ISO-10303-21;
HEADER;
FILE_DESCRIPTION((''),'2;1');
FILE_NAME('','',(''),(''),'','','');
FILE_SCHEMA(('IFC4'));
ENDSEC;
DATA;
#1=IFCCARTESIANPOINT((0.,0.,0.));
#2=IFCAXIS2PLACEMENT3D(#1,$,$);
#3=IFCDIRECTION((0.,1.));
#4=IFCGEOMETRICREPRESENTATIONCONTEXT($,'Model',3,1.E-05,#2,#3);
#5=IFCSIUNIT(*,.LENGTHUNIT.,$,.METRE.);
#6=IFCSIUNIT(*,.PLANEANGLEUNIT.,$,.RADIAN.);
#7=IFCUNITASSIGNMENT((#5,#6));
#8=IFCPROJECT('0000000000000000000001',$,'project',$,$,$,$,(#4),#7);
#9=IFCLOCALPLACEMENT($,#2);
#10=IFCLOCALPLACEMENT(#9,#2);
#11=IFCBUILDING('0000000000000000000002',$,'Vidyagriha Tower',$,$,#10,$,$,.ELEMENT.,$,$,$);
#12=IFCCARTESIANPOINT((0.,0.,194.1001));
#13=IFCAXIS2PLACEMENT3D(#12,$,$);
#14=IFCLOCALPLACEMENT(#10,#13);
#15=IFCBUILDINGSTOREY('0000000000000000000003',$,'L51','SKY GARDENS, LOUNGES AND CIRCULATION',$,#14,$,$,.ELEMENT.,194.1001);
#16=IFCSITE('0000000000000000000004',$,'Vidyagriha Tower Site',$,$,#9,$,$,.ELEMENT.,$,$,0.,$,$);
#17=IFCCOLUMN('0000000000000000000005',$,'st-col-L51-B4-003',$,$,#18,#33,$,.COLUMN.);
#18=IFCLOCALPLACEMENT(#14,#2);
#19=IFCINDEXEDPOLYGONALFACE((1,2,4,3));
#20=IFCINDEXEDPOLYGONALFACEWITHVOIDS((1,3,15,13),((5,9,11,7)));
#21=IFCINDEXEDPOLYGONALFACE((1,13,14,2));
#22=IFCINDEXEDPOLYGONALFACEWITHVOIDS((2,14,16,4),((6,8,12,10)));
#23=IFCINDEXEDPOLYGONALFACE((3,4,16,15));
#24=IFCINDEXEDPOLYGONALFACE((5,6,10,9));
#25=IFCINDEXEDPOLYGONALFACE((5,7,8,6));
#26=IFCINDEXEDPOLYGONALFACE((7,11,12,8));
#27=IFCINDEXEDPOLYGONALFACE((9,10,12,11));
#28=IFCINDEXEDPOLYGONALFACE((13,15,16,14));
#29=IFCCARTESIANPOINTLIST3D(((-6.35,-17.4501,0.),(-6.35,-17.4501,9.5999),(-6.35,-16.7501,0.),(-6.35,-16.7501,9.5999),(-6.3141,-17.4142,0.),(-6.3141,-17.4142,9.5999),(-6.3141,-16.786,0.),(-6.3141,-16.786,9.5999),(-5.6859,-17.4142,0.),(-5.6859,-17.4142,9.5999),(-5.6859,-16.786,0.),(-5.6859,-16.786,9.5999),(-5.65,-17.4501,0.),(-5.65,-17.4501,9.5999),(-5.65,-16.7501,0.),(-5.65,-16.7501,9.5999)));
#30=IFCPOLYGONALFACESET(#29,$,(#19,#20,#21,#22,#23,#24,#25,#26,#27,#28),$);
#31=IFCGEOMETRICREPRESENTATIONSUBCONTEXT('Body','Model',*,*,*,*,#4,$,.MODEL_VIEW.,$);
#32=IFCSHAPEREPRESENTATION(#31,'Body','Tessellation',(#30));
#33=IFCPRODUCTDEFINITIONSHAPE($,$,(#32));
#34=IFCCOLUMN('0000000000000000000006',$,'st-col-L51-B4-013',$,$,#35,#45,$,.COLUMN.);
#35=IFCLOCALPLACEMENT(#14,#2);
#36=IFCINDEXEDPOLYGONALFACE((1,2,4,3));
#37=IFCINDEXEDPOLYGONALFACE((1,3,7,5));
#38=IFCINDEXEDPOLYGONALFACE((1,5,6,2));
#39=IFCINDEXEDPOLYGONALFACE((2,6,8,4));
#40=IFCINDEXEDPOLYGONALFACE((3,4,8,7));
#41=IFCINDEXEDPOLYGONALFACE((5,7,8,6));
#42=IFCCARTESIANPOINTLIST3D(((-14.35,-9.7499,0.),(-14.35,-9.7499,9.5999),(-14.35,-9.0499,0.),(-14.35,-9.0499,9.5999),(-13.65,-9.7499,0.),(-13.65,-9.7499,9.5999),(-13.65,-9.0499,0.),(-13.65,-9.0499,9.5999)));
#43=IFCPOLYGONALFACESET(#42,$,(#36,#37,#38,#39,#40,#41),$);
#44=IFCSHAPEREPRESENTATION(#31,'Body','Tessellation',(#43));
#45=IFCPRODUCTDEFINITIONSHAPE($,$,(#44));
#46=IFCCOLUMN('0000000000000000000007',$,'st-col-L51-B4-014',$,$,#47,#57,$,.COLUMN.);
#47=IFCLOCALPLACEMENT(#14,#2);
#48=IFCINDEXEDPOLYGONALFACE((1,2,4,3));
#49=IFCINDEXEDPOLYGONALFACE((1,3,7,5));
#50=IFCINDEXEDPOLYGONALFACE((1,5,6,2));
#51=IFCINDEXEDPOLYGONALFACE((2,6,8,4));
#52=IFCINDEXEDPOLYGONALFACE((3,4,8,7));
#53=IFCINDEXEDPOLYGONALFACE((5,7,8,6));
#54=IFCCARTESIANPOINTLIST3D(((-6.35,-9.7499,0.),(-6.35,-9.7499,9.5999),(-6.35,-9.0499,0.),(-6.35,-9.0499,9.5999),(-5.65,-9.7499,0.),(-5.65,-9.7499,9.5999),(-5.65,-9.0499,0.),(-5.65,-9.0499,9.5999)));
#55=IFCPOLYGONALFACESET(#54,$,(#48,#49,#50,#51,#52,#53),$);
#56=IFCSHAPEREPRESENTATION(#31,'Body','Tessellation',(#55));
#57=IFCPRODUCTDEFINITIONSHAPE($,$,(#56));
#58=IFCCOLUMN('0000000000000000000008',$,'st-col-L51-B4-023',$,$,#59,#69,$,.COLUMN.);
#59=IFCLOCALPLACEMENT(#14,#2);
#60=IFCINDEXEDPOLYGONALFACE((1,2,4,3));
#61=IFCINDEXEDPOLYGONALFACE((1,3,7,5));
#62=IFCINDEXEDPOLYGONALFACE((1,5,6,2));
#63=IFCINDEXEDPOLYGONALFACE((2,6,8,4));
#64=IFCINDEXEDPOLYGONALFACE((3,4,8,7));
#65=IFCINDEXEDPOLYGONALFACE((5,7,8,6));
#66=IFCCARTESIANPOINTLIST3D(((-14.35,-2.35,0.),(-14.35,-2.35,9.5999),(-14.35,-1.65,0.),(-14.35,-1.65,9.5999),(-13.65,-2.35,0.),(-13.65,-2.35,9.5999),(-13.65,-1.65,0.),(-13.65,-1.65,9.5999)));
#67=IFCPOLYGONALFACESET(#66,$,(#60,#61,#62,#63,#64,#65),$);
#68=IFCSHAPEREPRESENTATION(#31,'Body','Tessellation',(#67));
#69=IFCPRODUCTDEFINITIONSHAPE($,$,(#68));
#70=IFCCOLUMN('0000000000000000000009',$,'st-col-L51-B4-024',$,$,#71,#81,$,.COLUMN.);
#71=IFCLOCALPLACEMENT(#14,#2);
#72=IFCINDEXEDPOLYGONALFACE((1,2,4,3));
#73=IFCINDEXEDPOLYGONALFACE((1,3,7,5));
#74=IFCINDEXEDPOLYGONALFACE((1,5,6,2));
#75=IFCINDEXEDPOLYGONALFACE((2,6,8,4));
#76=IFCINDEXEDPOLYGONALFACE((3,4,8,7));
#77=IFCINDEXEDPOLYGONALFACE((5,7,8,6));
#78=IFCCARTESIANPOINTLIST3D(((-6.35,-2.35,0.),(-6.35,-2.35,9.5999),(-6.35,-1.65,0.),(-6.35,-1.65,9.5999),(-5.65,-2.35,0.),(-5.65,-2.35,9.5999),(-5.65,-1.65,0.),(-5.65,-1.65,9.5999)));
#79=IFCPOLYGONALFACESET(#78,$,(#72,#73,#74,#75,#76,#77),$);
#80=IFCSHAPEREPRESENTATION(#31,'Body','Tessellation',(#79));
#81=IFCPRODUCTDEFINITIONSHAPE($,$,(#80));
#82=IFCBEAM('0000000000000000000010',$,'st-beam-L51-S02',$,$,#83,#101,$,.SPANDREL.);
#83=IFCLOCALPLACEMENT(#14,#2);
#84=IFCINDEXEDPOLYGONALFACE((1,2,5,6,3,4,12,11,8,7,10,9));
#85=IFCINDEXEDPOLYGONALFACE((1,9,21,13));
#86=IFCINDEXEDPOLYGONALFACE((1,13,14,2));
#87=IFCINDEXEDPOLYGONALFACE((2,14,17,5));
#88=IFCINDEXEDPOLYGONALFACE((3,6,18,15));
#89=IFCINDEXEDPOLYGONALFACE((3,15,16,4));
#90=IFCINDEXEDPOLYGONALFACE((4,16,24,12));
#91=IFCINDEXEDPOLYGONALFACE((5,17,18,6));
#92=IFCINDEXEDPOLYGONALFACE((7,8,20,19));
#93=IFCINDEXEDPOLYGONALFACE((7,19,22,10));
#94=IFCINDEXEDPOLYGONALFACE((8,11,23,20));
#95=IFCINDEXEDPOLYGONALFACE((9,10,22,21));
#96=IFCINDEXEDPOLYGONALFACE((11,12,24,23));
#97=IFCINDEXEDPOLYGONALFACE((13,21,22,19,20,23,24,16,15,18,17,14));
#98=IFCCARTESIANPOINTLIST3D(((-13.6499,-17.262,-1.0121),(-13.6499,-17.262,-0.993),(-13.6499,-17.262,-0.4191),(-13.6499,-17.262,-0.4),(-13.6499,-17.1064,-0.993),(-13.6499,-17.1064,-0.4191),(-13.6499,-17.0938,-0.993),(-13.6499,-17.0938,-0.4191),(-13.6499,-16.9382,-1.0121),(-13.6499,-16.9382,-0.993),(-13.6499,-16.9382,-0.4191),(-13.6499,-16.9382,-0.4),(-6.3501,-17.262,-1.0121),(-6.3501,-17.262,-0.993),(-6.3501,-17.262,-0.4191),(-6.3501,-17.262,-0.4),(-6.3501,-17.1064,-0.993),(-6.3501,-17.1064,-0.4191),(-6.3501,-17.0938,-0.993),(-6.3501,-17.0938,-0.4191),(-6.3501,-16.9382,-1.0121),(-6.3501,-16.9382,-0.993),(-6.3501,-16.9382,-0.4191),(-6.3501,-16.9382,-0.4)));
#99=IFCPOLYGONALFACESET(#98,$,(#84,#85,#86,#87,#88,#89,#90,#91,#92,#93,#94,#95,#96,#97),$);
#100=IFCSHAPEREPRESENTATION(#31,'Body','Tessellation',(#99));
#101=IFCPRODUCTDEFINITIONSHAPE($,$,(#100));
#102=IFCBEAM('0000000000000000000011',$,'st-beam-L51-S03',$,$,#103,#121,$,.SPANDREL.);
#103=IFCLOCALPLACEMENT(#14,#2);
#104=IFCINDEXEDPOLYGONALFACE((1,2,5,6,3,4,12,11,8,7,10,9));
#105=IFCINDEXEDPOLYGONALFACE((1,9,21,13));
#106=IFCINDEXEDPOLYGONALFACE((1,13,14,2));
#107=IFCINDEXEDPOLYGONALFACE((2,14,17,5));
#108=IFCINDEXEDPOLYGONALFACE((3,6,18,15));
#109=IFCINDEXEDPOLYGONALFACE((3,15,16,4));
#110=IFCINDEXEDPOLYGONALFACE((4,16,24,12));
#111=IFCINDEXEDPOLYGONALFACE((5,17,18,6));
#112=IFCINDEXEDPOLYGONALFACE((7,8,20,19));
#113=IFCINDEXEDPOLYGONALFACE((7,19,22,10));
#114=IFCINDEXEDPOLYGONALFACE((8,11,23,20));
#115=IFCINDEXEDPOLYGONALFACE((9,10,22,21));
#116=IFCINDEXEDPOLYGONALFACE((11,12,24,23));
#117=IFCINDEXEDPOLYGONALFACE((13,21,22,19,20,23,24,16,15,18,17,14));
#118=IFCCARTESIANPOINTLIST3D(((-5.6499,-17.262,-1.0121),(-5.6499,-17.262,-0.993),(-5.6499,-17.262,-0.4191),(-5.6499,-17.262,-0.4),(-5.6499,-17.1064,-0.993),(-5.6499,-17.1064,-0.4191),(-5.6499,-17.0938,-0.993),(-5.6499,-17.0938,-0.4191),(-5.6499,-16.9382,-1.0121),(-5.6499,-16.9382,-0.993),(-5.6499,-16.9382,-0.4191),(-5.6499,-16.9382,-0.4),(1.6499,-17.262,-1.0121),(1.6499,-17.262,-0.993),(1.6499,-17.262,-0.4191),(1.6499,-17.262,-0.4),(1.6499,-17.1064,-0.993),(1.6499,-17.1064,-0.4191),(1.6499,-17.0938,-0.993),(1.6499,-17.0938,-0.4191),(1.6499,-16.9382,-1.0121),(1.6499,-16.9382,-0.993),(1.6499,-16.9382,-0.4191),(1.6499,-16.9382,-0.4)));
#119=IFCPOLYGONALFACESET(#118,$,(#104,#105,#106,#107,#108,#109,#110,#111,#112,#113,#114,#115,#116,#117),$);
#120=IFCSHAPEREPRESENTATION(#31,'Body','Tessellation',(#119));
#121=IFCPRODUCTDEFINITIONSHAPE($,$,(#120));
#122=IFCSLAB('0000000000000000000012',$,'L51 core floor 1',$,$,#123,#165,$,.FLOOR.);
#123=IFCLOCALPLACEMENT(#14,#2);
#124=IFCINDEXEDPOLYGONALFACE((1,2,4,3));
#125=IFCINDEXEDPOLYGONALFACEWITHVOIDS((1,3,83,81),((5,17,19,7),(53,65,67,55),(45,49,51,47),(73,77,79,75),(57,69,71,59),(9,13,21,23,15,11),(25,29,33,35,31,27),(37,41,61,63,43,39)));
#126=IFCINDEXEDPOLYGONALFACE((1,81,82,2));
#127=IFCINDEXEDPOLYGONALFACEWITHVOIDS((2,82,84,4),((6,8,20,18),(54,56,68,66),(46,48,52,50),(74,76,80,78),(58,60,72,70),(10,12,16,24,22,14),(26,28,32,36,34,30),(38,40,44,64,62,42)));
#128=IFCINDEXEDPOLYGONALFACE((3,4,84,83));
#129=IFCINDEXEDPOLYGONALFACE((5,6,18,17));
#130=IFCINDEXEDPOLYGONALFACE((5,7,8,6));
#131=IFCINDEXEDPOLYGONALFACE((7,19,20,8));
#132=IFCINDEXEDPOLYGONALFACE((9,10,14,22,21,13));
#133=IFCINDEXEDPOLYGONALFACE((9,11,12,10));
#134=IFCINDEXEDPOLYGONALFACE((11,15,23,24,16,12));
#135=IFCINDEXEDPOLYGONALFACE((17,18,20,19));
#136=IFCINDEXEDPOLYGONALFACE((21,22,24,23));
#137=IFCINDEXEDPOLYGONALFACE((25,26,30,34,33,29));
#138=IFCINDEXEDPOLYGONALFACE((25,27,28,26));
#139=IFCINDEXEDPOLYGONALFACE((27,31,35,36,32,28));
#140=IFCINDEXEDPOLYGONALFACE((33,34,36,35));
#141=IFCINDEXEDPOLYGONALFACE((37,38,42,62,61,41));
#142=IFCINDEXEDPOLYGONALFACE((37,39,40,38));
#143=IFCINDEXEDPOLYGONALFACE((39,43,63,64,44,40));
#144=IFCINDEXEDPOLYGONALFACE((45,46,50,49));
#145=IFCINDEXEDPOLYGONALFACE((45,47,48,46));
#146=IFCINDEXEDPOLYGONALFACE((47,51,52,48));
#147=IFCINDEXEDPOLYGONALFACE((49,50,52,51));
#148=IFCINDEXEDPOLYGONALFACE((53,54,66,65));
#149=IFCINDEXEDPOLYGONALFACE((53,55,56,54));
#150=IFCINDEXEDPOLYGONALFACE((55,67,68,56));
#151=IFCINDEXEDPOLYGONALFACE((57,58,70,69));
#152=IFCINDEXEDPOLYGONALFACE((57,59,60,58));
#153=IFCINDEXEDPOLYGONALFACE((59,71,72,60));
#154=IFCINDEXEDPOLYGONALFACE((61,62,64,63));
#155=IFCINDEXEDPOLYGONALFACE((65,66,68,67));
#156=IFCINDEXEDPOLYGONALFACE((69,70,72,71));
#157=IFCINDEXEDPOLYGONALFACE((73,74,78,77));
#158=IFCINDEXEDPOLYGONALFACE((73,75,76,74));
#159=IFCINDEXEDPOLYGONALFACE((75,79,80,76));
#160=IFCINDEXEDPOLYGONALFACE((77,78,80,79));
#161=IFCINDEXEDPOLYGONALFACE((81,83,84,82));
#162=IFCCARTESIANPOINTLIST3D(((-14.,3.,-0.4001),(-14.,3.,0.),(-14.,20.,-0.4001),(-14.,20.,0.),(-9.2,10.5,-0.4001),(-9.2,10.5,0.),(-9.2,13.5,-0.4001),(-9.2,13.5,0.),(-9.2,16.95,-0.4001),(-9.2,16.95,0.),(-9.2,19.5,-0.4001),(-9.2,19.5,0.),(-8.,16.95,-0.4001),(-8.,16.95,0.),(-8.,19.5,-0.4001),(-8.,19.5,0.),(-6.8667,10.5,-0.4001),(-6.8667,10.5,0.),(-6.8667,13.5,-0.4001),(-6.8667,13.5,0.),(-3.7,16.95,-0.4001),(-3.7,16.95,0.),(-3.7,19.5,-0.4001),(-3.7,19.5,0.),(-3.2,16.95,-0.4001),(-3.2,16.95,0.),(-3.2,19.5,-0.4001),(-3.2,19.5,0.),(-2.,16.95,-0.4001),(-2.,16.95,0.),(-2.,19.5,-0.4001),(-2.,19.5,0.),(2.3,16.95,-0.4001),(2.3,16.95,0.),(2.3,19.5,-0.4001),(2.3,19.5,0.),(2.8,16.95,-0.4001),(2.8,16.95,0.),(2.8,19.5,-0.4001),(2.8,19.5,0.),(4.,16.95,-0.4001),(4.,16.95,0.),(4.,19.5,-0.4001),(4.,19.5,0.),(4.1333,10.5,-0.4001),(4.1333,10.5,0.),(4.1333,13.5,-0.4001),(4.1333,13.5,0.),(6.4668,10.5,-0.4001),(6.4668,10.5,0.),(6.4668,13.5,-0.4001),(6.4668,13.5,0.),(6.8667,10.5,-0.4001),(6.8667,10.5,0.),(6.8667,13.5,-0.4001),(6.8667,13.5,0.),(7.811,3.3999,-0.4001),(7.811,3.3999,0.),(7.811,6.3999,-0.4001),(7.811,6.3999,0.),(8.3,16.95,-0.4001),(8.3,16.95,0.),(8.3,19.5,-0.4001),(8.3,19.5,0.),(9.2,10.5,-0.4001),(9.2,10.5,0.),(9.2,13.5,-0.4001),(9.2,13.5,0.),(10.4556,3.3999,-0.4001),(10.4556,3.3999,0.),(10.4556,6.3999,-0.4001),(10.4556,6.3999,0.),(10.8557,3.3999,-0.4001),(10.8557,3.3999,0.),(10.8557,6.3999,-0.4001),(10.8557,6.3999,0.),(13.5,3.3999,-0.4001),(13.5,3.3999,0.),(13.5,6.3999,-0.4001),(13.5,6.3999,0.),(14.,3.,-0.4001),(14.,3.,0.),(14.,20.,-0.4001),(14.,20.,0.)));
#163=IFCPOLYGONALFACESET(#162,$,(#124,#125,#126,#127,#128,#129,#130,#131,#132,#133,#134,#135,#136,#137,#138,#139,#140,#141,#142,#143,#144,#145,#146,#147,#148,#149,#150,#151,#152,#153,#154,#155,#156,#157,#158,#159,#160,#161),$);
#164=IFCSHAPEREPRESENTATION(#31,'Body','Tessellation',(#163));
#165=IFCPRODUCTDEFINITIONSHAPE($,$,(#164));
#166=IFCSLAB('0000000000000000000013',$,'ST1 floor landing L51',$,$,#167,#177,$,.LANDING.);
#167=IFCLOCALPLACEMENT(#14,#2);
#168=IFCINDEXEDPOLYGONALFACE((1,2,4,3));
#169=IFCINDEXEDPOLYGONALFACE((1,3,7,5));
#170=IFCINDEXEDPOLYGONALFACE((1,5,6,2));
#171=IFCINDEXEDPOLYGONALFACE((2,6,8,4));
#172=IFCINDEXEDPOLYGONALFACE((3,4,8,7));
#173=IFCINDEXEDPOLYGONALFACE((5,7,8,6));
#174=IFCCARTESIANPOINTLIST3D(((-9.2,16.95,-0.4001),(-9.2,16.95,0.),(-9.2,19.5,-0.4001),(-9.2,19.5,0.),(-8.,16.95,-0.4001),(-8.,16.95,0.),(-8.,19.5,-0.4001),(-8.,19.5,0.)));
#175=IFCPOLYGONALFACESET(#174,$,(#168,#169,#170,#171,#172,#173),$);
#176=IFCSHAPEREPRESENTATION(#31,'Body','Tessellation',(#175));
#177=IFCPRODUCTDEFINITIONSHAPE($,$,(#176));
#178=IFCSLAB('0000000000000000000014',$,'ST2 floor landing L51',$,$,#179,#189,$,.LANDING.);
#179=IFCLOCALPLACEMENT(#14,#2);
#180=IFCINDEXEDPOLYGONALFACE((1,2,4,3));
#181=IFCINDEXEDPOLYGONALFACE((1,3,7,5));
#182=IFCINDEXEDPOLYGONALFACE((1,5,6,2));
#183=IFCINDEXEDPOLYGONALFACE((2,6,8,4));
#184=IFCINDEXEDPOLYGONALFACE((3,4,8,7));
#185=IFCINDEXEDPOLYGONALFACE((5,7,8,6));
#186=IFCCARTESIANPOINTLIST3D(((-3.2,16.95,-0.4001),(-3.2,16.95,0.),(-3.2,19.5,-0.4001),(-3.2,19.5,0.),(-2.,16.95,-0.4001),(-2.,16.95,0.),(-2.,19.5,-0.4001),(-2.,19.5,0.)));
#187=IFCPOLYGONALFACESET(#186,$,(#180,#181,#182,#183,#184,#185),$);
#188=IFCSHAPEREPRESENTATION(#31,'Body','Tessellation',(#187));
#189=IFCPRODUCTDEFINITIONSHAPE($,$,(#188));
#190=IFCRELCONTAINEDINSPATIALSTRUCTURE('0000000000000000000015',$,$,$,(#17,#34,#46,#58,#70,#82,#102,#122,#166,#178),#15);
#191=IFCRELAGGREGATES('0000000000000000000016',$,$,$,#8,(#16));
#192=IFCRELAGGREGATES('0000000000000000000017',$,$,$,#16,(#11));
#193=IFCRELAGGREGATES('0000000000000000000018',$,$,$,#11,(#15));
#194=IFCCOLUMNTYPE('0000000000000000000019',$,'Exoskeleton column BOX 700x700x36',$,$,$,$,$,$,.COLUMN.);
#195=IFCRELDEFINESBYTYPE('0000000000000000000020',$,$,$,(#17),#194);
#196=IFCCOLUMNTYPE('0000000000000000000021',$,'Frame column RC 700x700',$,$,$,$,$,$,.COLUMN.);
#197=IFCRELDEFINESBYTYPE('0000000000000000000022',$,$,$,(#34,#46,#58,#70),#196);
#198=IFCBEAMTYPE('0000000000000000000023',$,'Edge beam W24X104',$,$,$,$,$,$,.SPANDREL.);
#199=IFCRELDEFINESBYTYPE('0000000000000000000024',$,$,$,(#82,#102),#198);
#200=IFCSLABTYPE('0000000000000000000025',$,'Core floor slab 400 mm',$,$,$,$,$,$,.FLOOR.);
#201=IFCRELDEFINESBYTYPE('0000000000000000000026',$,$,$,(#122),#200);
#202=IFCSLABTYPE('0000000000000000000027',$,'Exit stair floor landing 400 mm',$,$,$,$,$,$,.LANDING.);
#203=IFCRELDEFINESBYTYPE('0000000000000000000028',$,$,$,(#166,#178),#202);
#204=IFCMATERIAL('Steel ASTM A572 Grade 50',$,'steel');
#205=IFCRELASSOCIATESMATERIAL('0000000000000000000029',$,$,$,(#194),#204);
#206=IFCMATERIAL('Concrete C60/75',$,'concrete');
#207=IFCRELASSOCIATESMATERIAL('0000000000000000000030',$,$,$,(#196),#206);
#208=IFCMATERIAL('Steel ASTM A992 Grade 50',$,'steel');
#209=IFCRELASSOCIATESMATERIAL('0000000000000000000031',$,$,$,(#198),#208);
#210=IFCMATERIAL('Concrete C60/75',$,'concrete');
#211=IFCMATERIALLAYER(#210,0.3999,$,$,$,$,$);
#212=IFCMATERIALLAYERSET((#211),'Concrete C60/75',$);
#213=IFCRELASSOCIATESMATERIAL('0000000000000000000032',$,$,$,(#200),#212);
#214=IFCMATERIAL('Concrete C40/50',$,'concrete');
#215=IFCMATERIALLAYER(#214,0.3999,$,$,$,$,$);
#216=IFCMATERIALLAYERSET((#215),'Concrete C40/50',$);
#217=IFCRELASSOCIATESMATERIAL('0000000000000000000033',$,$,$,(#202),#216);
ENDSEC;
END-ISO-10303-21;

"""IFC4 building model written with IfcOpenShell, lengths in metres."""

from ifc_helpers import new_model, si_unit, direction, frame, origin, origin_2d, place, context, subcontext, project, spatial, polyline, rectangle, hollow_rectangle, i_section, outline, extrude, material, layer, layer_set, material_profile, profile_set, type_object, element, save


model = new_model("IFC4")

# Units and contexts
model_context = context("Model", 3, precision=1e-05, world=origin(), true_north=direction((0.0, 1.0)))
body_context = subcontext(model_context, "Body", "Model", "MODEL_VIEW")
ifc_project = project(units=[si_unit("LENGTHUNIT", "METRE"), si_unit("PLANEANGLEUNIT", "RADIAN")], contexts=[model_context])

# Site, building, storey
site_placement = place(None, origin())
site = spatial("IfcSite", under=ifc_project, at=site_placement, Name="Vidyagriha Tower Site", CompositionType="ELEMENT", RefElevation=0.0)
building_placement = place(site_placement, origin())
building = spatial("IfcBuilding", under=site, at=building_placement, Name="Vidyagriha Tower", CompositionType="ELEMENT")
storey_placement = place(building_placement, frame((0.0, 0.0, 194.1001)))
storey = spatial("IfcBuildingStorey", under=building, at=storey_placement, Name="L51", Description="SKY GARDENS, LOUNGES AND CIRCULATION", CompositionType="ELEMENT", Elevation=194.1001)

# Columns
ifc_material_1 = material(Name="Steel ASTM A572 Grade 50", Category="steel")
ifc_material_profile_1 = material_profile(ifc_material_1, hollow_rectangle(XDim=0.7, YDim=0.7, WallThickness=0.0359, at=origin_2d()), Name="BOX 700x700x36")
ifc_profile_set_1 = profile_set([ifc_material_profile_1], Name="Steel ASTM A572 Grade 50")
column_type_1 = type_object("IfcColumnType", Name="Exoskeleton column BOX 700x700x36", PredefinedType="COLUMN", material=ifc_profile_set_1)
column_placement = place(storey_placement, frame((-6.0, -17.1001, 0.0)))
element("IfcColumn", 1, at=column_placement, inside=storey, type_object=column_type_1, Name="st-col-L51-B4-003", PredefinedType="COLUMN", context=body_context, shape_type="SweptSolid", body=[
    extrude(hollow_rectangle(XDim=0.7, YDim=0.7, WallThickness=0.0359, at=origin_2d()), origin(), (0.0, 0.0, 1.0), 9.5999),
])
ifc_material_2 = material(Name="Concrete C60/75", Category="concrete")
ifc_material_profile_2 = material_profile(ifc_material_2, rectangle(XDim=0.7, YDim=0.7, at=origin_2d()), Name="RC 700x700")
ifc_profile_set_2 = profile_set([ifc_material_profile_2], Name="Concrete C60/75")
column_type_2 = type_object("IfcColumnType", Name="Frame column RC 700x700", PredefinedType="COLUMN", material=ifc_profile_set_2)
for number, where, name in (
    (2, (-14.0, -9.3999, 0.0), "st-col-L51-B4-013"),
    (3, (-6.0, -9.3999, 0.0), "st-col-L51-B4-014"),
    (4, (-14.0, -2.0, 0.0), "st-col-L51-B4-023"),
    (5, (-6.0, -2.0, 0.0), "st-col-L51-B4-024"),
):
    element("IfcColumn", number, at=place(storey_placement, frame(where)), inside=storey, type_object=column_type_2, Name=name, PredefinedType="COLUMN", context=body_context, shape_type="SweptSolid", body=[
        extrude(rectangle(XDim=0.7, YDim=0.7, at=origin_2d()), origin(), (0.0, 0.0, 1.0), 9.5999),
    ])

# Beams
ifc_material_3 = material(Name="Steel ASTM A992 Grade 50", Category="steel")
ifc_material_profile_3 = material_profile(ifc_material_3, i_section(OverallWidth=0.3237, OverallDepth=0.6121, WebThickness=0.0127, FlangeThickness=0.019, at=origin_2d()), Name="W24X104")
ifc_profile_set_3 = profile_set([ifc_material_profile_3], Name="Steel ASTM A992 Grade 50")
beam_type = type_object("IfcBeamType", Name="Edge beam W24X104", PredefinedType="SPANDREL", material=ifc_profile_set_3)
for number, where, z_axis, x_axis, name in (
    (6, (-13.6499, -17.1001, -0.7061), (1.0, 0.0, 0.0), (0.0, 1.0, 0.0), "st-beam-L51-S02"),
    (7, (-5.6499, -17.1001, -0.7061), (1.0, 0.0, 0.0), (0.0, 1.0, 0.0), "st-beam-L51-S03"),
):
    element("IfcBeam", number, at=place(storey_placement, frame(where, z_axis=z_axis, x_axis=x_axis)), inside=storey, type_object=beam_type, Name=name, PredefinedType="SPANDREL", context=body_context, shape_type="SweptSolid", body=[
        extrude(i_section(OverallWidth=0.3237, OverallDepth=0.6121, WebThickness=0.0127, FlangeThickness=0.019, at=origin_2d()), origin(), (0.0, 0.0, 1.0), 7.2998),
    ])

# Slabs
ifc_material_4 = material(Name="Concrete C60/75", Category="concrete")
ifc_layer_1 = layer(ifc_material_4, 0.3999)
ifc_layer_set_1 = layer_set([ifc_layer_1], Name="Concrete C60/75")
slab_type_1 = type_object("IfcSlabType", Name="Core floor slab 400 mm", PredefinedType="FLOOR", material=ifc_layer_set_1)
slab_1_placement = place(storey_placement, frame((0.0, 0.0, -0.4001)))
element("IfcSlab", 8, at=slab_1_placement, inside=storey, type_object=slab_type_1, Name="L51 core floor 1", PredefinedType="FLOOR", context=body_context, shape_type="SweptSolid", body=[
    extrude(outline(polyline([(-14.0, 3.0), (-14.0, 20.0), (14.0, 20.0), (14.0, 3.0), (-14.0, 3.0)]), holes=[polyline([(13.5, 6.3999), (10.8557, 6.3999), (10.8557, 3.3999), (13.5, 3.3999), (13.5, 6.3999)]), polyline([(10.4556, 6.3999), (7.811, 6.3999), (7.811, 3.3999), (10.4556, 3.3999), (10.4556, 6.3999)]), polyline([(9.2, 13.5), (6.8667, 13.5), (6.8667, 10.5), (9.2, 10.5), (9.2, 13.5)]), polyline([(2.8, 19.5), (2.8, 16.95), (4.0, 16.95), (8.3, 16.95), (8.3, 19.5), (4.0, 19.5), (2.8, 19.5)]), polyline([(4.1333, 13.5), (4.1333, 10.5), (6.4668, 10.5), (6.4668, 13.5), (4.1333, 13.5)]), polyline([(-2.0, 19.5), (-3.2, 19.5), (-3.2, 16.95), (-2.0, 16.95), (2.3, 16.95), (2.3, 19.5), (-2.0, 19.5)]), polyline([(-9.2, 19.5), (-9.2, 16.95), (-8.0, 16.95), (-3.7, 16.95), (-3.7, 19.5), (-8.0, 19.5), (-9.2, 19.5)]), polyline([(-9.2, 13.5), (-9.2, 10.5), (-6.8667, 10.5), (-6.8667, 13.5), (-9.2, 13.5)])]), origin(), (0.0, 0.0, 1.0), 0.4001),
])
ifc_material_5 = material(Name="Concrete C40/50", Category="concrete")
ifc_layer_2 = layer(ifc_material_5, 0.3999)
ifc_layer_set_2 = layer_set([ifc_layer_2], Name="Concrete C40/50")
slab_type_2 = type_object("IfcSlabType", Name="Exit stair floor landing 400 mm", PredefinedType="LANDING", material=ifc_layer_set_2)
slab_2_placement = place(storey_placement, frame((0.0, 0.0, -0.4001)))
element("IfcSlab", 9, at=slab_2_placement, inside=storey, type_object=slab_type_2, Name="ST1 floor landing L51", PredefinedType="LANDING", context=body_context, shape_type="SweptSolid", body=[
    extrude(outline(polyline([(-9.2, 16.95), (-8.0, 16.95), (-8.0, 19.5), (-9.2, 19.5), (-9.2, 16.95)])), origin(), (0.0, 0.0, 1.0), 0.4001),
])
slab_3_placement = place(storey_placement, frame((0.0, 0.0, -0.4001)))
element("IfcSlab", 10, at=slab_3_placement, inside=storey, type_object=slab_type_2, Name="ST2 floor landing L51", PredefinedType="LANDING", context=body_context, shape_type="SweptSolid", body=[
    extrude(outline(polyline([(-3.2, 16.95), (-2.0, 16.95), (-2.0, 19.5), (-3.2, 19.5), (-3.2, 16.95)])), origin(), (0.0, 0.0, 1.0), 0.4001),
])

save(model, "model.ifc")
